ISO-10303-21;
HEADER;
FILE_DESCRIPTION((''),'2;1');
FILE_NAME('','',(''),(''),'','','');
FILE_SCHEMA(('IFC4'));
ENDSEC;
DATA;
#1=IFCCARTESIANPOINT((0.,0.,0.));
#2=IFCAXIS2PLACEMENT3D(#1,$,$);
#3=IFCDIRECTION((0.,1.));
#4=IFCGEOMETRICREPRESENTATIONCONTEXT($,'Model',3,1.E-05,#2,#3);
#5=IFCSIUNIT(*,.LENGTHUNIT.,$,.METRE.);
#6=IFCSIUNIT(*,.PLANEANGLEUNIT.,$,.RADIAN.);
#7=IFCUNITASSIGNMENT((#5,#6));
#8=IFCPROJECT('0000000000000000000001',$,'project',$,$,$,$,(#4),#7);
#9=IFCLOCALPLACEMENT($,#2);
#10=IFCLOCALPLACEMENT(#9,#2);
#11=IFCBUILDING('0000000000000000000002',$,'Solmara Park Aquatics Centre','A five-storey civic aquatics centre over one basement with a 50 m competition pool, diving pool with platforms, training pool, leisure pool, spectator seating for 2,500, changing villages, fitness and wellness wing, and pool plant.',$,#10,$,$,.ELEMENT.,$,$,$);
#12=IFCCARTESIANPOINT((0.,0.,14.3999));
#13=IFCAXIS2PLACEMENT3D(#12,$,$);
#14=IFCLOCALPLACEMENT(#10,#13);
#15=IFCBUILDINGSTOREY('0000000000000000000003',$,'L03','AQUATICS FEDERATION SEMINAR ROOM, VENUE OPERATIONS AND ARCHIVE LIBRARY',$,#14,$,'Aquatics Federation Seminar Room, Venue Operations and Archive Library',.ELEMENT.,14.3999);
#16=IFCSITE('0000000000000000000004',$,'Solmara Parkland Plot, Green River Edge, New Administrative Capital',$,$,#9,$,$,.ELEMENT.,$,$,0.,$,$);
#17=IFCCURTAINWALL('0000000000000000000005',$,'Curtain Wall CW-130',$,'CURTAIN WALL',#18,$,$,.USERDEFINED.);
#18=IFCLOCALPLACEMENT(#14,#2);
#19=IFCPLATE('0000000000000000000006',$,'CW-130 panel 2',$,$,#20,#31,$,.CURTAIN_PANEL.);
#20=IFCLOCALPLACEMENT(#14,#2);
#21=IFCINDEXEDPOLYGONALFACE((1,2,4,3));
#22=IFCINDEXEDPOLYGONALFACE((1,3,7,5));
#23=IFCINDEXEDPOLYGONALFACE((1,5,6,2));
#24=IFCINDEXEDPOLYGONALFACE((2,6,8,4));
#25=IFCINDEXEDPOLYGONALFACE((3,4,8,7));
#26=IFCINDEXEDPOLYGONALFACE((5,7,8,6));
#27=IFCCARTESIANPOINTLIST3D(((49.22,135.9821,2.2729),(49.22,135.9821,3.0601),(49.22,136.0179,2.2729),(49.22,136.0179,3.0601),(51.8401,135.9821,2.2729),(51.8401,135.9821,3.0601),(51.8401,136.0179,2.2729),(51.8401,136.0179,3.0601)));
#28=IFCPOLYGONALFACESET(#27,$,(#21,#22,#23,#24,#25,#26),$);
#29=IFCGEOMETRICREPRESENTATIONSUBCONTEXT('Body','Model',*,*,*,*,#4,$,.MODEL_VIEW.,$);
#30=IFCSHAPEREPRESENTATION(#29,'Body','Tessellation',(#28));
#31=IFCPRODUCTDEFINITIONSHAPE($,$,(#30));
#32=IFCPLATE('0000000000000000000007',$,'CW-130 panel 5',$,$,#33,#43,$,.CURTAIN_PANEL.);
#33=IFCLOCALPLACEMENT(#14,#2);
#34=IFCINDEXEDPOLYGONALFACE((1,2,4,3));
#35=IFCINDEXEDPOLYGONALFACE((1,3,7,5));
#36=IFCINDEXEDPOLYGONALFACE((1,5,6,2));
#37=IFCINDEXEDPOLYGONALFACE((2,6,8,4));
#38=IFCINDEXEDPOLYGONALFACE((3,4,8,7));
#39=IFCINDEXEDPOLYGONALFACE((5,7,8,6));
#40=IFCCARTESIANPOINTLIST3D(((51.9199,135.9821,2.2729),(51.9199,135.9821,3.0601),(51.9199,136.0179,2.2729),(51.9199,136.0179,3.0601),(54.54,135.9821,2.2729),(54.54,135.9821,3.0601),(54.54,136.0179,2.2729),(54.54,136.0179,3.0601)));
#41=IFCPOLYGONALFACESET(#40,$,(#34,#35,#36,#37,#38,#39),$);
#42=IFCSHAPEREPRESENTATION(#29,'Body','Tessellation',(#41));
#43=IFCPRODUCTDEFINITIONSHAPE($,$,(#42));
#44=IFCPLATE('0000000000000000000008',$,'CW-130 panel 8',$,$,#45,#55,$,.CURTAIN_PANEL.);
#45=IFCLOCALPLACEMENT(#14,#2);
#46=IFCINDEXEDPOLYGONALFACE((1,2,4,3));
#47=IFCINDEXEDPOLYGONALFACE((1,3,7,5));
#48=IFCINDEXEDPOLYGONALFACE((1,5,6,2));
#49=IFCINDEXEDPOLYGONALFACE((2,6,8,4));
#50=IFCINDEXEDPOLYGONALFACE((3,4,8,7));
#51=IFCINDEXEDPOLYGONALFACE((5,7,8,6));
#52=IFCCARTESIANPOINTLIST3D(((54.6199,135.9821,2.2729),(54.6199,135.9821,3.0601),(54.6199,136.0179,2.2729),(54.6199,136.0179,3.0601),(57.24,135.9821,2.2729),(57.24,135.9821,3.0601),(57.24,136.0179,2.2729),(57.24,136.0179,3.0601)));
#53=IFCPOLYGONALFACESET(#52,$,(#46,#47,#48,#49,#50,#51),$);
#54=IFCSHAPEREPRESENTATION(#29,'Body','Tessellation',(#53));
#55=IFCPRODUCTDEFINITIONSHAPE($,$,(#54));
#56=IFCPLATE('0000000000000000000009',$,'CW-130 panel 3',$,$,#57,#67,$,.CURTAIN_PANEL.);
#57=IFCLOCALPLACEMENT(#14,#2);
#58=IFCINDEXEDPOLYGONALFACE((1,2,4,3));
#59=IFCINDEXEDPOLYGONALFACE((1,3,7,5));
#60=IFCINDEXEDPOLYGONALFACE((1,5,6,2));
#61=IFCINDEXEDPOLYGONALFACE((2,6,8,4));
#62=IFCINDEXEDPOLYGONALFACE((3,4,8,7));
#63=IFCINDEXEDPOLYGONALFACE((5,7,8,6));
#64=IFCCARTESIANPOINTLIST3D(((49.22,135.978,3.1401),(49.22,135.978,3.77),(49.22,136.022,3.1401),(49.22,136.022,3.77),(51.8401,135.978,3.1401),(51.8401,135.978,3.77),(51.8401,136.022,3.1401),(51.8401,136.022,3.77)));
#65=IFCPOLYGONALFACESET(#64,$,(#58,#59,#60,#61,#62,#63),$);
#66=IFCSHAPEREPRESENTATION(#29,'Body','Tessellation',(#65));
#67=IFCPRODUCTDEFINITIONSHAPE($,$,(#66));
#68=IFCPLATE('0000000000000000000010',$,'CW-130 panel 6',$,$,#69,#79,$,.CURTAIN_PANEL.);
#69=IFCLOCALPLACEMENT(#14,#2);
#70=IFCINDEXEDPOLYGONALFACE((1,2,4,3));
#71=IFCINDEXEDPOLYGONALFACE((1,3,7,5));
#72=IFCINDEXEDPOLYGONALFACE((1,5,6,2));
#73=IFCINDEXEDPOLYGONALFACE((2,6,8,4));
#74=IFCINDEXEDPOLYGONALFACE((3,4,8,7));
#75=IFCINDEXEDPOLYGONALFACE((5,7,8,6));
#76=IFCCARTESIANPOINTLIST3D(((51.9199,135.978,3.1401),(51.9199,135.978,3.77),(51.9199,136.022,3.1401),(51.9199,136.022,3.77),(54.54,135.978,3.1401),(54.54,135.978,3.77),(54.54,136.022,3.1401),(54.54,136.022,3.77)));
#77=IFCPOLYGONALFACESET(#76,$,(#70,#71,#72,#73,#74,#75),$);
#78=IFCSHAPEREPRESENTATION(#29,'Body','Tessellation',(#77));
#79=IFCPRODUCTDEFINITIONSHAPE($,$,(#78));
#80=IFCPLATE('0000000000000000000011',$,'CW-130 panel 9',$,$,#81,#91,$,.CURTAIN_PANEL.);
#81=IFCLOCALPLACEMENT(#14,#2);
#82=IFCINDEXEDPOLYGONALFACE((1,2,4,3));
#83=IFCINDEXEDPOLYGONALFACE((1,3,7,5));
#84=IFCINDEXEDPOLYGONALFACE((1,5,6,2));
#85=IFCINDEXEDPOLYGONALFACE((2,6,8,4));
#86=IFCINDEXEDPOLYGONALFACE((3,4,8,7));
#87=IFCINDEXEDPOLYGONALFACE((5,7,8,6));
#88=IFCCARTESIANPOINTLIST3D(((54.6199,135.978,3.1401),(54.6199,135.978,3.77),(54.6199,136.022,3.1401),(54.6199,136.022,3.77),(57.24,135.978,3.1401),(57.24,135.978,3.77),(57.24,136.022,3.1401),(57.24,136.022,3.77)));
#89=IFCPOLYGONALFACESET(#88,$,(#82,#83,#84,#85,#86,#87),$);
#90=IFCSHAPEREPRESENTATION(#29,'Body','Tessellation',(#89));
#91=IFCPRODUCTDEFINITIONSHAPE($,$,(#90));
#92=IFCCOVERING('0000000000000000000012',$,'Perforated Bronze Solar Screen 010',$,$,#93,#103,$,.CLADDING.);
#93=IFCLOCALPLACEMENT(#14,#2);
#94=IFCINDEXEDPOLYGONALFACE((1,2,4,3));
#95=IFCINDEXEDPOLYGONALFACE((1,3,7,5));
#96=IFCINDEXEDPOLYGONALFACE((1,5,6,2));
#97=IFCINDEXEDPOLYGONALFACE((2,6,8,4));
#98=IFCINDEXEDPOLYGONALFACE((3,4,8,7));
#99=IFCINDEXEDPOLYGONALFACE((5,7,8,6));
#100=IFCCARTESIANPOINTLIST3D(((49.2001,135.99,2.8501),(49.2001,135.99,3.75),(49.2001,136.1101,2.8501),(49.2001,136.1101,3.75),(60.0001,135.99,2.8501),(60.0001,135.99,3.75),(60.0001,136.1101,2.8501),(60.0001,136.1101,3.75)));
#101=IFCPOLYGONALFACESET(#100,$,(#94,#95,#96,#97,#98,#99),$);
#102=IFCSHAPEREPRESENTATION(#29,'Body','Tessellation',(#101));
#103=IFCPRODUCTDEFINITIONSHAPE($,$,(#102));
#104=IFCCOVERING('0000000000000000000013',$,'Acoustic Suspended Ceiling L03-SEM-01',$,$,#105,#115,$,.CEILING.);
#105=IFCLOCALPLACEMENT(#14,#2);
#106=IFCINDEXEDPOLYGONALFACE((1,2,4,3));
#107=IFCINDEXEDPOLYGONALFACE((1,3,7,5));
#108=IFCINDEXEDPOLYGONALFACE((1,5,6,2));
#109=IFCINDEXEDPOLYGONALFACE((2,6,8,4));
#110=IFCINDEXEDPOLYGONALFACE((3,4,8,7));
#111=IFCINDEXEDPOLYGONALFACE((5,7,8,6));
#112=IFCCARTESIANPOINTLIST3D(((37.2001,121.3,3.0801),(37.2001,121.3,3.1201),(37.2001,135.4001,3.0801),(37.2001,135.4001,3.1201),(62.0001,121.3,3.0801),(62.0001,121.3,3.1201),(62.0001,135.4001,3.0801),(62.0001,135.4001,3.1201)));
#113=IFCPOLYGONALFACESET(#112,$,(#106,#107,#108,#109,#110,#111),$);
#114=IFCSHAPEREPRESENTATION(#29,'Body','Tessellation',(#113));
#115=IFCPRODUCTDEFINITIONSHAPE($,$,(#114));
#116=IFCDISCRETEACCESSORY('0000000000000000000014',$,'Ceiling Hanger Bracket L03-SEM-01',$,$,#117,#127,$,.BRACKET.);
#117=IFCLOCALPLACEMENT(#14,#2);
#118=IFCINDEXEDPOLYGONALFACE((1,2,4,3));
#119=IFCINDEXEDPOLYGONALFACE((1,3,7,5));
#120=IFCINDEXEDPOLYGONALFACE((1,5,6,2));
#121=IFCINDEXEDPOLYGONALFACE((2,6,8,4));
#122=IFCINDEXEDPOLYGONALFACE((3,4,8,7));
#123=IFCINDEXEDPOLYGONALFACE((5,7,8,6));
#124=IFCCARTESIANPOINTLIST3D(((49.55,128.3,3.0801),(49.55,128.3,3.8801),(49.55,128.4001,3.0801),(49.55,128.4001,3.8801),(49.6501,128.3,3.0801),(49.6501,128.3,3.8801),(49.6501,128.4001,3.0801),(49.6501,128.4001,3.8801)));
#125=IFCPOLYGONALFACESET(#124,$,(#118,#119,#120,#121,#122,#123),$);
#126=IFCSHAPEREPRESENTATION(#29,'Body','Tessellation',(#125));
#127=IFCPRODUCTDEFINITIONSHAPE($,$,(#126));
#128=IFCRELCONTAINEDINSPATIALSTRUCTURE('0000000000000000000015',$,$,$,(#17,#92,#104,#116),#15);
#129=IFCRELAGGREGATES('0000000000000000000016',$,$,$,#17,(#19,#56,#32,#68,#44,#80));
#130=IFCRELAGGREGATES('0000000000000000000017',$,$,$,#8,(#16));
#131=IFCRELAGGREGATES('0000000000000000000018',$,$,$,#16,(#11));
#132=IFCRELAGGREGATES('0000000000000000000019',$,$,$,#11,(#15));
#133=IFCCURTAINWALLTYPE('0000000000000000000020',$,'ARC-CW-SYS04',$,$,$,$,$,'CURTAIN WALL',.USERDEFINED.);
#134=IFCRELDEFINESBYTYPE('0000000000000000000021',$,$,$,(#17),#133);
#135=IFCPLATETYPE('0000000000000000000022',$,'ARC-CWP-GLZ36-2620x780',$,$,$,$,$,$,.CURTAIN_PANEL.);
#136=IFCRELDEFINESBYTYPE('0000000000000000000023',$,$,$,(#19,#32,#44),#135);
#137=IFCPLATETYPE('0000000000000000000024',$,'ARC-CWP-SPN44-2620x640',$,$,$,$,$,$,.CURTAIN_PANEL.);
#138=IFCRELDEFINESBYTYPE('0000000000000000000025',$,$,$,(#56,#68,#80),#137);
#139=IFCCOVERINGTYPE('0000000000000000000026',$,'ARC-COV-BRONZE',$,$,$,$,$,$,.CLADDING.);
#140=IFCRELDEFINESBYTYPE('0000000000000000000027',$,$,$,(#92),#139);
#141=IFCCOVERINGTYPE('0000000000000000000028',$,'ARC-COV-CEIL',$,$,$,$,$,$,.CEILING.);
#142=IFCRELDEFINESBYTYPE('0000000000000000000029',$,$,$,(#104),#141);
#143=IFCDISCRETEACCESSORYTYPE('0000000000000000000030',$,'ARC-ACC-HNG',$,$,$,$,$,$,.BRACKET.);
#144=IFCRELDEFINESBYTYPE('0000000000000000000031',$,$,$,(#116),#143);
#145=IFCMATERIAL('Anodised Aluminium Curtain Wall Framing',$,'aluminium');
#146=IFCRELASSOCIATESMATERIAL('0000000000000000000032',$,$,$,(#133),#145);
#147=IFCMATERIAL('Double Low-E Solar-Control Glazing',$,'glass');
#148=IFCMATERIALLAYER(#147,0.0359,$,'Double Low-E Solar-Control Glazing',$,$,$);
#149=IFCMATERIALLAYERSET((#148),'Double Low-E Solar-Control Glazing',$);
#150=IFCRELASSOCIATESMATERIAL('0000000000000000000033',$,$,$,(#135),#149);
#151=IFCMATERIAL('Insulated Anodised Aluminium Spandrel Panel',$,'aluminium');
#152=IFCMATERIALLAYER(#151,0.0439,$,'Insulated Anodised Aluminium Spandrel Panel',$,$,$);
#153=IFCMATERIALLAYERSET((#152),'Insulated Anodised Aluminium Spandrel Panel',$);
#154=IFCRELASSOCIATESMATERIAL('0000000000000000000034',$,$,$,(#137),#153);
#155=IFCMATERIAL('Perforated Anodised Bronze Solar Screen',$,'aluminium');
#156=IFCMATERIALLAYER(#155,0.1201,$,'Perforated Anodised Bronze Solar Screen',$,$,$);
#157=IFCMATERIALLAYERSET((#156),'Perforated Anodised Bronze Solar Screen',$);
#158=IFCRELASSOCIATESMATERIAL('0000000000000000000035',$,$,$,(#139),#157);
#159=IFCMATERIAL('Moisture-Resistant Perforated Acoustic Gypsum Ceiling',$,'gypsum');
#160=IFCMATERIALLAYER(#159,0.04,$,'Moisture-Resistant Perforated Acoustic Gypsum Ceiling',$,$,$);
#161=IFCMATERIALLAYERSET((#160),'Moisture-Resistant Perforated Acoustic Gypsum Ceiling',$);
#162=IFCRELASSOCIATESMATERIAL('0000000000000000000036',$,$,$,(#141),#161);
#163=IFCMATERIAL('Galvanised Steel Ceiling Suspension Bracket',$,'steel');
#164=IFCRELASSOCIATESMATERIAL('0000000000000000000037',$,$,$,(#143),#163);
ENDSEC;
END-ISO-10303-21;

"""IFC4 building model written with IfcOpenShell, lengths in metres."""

from ifc_helpers import new_model, si_unit, direction, frame, origin, origin_2d, place, context, subcontext, project, spatial, rectangle, extrude, material, layer, layer_set, type_object, element, aggregate, save


model = new_model("IFC4")

# Units and contexts
model_context = context("Model", 3, precision=1e-05, world=origin(), true_north=direction((0.0, 1.0)))
body_context = subcontext(model_context, "Body", "Model", "MODEL_VIEW")
ifc_project = project(units=[si_unit("LENGTHUNIT", "METRE"), si_unit("PLANEANGLEUNIT", "RADIAN")], contexts=[model_context])

# Site, building, storey
site_placement = place(None, origin())
site = spatial("IfcSite", under=ifc_project, at=site_placement, Name="Solmara Parkland Plot, Green River Edge, New Administrative Capital", CompositionType="ELEMENT", RefElevation=0.0)
building_placement = place(site_placement, origin())
building = spatial("IfcBuilding", under=site, at=building_placement, Name="Solmara Park Aquatics Centre", Description="A five-storey civic aquatics centre over one basement with a 50 m competition pool, diving pool with platforms, training pool, leisure pool, spectator seating for 2,500, changing villages, fitness and wellness wing, and pool plant.", CompositionType="ELEMENT")
storey_placement = place(building_placement, frame((0.0, 0.0, 14.3999)))
storey = spatial("IfcBuildingStorey", under=building, at=storey_placement, Name="L03", Description="AQUATICS FEDERATION SEMINAR ROOM, VENUE OPERATIONS AND ARCHIVE LIBRARY", LongName="Aquatics Federation Seminar Room, Venue Operations and Archive Library", CompositionType="ELEMENT", Elevation=14.3999)

# Curtain wall, plates
ifc_material_1 = material(Name="Anodised Aluminium Curtain Wall Framing", Category="aluminium")
curtain_wall_type = type_object("IfcCurtainWallType", Name="ARC-CW-SYS04", ElementType="CURTAIN WALL", PredefinedType="USERDEFINED", material=ifc_material_1)
curtain_wall_placement = place(storey_placement, origin())
curtain_wall = element("IfcCurtainWall", 1, at=curtain_wall_placement, inside=storey, type_object=curtain_wall_type, Name="Curtain Wall CW-130", ObjectType="CURTAIN WALL", PredefinedType="USERDEFINED")
ifc_material_2 = material(Name="Double Low-E Solar-Control Glazing", Category="glass")
ifc_layer_1 = layer(ifc_material_2, 0.0359, Name="Double Low-E Solar-Control Glazing")
ifc_layer_set_1 = layer_set([ifc_layer_1], Name="Double Low-E Solar-Control Glazing")
plate_type_1 = type_object("IfcPlateType", Name="ARC-CWP-GLZ36-2620x780", PredefinedType="CURTAIN_PANEL", material=ifc_layer_set_1)
plate_1_placement = place(storey_placement, frame((50.53, 136.0, 2.2729), z_axis=(0.0, 0.0, 1.0), x_axis=(1.0, 0.0, 0.0)))
plate_1 = element("IfcPlate", 2, at=plate_1_placement, type_object=plate_type_1, Name="CW-130 panel 2", PredefinedType="CURTAIN_PANEL", context=body_context, shape_type="SweptSolid", body=[
    extrude(rectangle(XDim=2.6201, YDim=0.0359, at=origin_2d()), origin(), (0.0, 0.0, 1.0), 0.7871),
])
plate_2_placement = place(storey_placement, frame((53.23, 136.0, 2.2729), z_axis=(0.0, 0.0, 1.0), x_axis=(1.0, 0.0, 0.0)))
plate_2 = element("IfcPlate", 3, at=plate_2_placement, type_object=plate_type_1, Name="CW-130 panel 5", PredefinedType="CURTAIN_PANEL", context=body_context, shape_type="SweptSolid", body=[
    extrude(rectangle(XDim=2.6201, YDim=0.0359, at=origin_2d()), origin(), (0.0, 0.0, 1.0), 0.7871),
])
plate_3_placement = place(storey_placement, frame((55.9299, 136.0, 2.2729), z_axis=(0.0, 0.0, 1.0), x_axis=(1.0, 0.0, 0.0)))
plate_3 = element("IfcPlate", 4, at=plate_3_placement, type_object=plate_type_1, Name="CW-130 panel 8", PredefinedType="CURTAIN_PANEL", context=body_context, shape_type="SweptSolid", body=[
    extrude(rectangle(XDim=2.6201, YDim=0.0359, at=origin_2d()), origin(), (0.0, 0.0, 1.0), 0.7871),
])
ifc_material_3 = material(Name="Insulated Anodised Aluminium Spandrel Panel", Category="aluminium")
ifc_layer_2 = layer(ifc_material_3, 0.0439, Name="Insulated Anodised Aluminium Spandrel Panel")
ifc_layer_set_2 = layer_set([ifc_layer_2], Name="Insulated Anodised Aluminium Spandrel Panel")
plate_type_2 = type_object("IfcPlateType", Name="ARC-CWP-SPN44-2620x640", PredefinedType="CURTAIN_PANEL", material=ifc_layer_set_2)
plate_4_placement = place(storey_placement, frame((50.53, 136.0, 3.1401), z_axis=(0.0, 0.0, 1.0), x_axis=(1.0, 0.0, 0.0)))
plate_4 = element("IfcPlate", 5, at=plate_4_placement, type_object=plate_type_2, Name="CW-130 panel 3", PredefinedType="CURTAIN_PANEL", context=body_context, shape_type="SweptSolid", body=[
    extrude(rectangle(XDim=2.6201, YDim=0.0439, at=origin_2d()), origin(), (0.0, 0.0, 1.0), 0.6299),
])
plate_5_placement = place(storey_placement, frame((53.23, 136.0, 3.1401), z_axis=(0.0, 0.0, 1.0), x_axis=(1.0, 0.0, 0.0)))
plate_5 = element("IfcPlate", 6, at=plate_5_placement, type_object=plate_type_2, Name="CW-130 panel 6", PredefinedType="CURTAIN_PANEL", context=body_context, shape_type="SweptSolid", body=[
    extrude(rectangle(XDim=2.6201, YDim=0.0439, at=origin_2d()), origin(), (0.0, 0.0, 1.0), 0.6299),
])
plate_6_placement = place(storey_placement, frame((55.9299, 136.0, 3.1401), z_axis=(0.0, 0.0, 1.0), x_axis=(1.0, 0.0, 0.0)))
plate_6 = element("IfcPlate", 7, at=plate_6_placement, type_object=plate_type_2, Name="CW-130 panel 9", PredefinedType="CURTAIN_PANEL", context=body_context, shape_type="SweptSolid", body=[
    extrude(rectangle(XDim=2.6201, YDim=0.0439, at=origin_2d()), origin(), (0.0, 0.0, 1.0), 0.6299),
])
aggregate(curtain_wall, [plate_1, plate_4, plate_2, plate_5, plate_3, plate_6])

# Coverings
ifc_material_4 = material(Name="Perforated Anodised Bronze Solar Screen", Category="aluminium")
ifc_layer_3 = layer(ifc_material_4, 0.1201, Name="Perforated Anodised Bronze Solar Screen")
ifc_layer_set_3 = layer_set([ifc_layer_3], Name="Perforated Anodised Bronze Solar Screen")
covering_type_1 = type_object("IfcCoveringType", Name="ARC-COV-BRONZE", PredefinedType="CLADDING", material=ifc_layer_set_3)
covering_1_placement = place(storey_placement, frame((54.6001, 136.05, 2.8501), z_axis=(0.0, 0.0, 1.0), x_axis=(1.0, 0.0, 0.0)))
element("IfcCovering", 8, at=covering_1_placement, inside=storey, type_object=covering_type_1, Name="Perforated Bronze Solar Screen 010", PredefinedType="CLADDING", context=body_context, shape_type="SweptSolid", body=[
    extrude(rectangle(XDim=10.8, YDim=0.1201, at=origin_2d()), origin(), (0.0, 0.0, 1.0), 0.8999),
])
ifc_material_5 = material(Name="Moisture-Resistant Perforated Acoustic Gypsum Ceiling", Category="gypsum")
ifc_layer_4 = layer(ifc_material_5, 0.04, Name="Moisture-Resistant Perforated Acoustic Gypsum Ceiling")
ifc_layer_set_4 = layer_set([ifc_layer_4], Name="Moisture-Resistant Perforated Acoustic Gypsum Ceiling")
covering_type_2 = type_object("IfcCoveringType", Name="ARC-COV-CEIL", PredefinedType="CEILING", material=ifc_layer_set_4)
covering_2_placement = place(storey_placement, frame((49.6001, 128.3501, 3.0801), z_axis=(0.0, 0.0, 1.0), x_axis=(1.0, 0.0, 0.0)))
element("IfcCovering", 9, at=covering_2_placement, inside=storey, type_object=covering_type_2, Name="Acoustic Suspended Ceiling L03-SEM-01", PredefinedType="CEILING", context=body_context, shape_type="SweptSolid", body=[
    extrude(rectangle(XDim=24.8, YDim=14.1001, at=origin_2d()), origin(), (0.0, 0.0, 1.0), 0.04),
])

# Discrete accessory
ifc_material_6 = material(Name="Galvanised Steel Ceiling Suspension Bracket", Category="steel")
discrete_accessory_type = type_object("IfcDiscreteAccessoryType", Name="ARC-ACC-HNG", PredefinedType="BRACKET", material=ifc_material_6)
discrete_accessory_placement = place(storey_placement, frame((49.6001, 128.3501, 3.0801), z_axis=(0.0, 0.0, 1.0), x_axis=(1.0, 0.0, 0.0)))
element("IfcDiscreteAccessory", 10, at=discrete_accessory_placement, inside=storey, type_object=discrete_accessory_type, Name="Ceiling Hanger Bracket L03-SEM-01", PredefinedType="BRACKET", context=body_context, shape_type="SweptSolid", body=[
    extrude(rectangle(XDim=0.1001, YDim=0.1001, at=origin_2d()), origin(), (0.0, 0.0, 1.0), 0.8),
])

save(model, "model.ifc")
